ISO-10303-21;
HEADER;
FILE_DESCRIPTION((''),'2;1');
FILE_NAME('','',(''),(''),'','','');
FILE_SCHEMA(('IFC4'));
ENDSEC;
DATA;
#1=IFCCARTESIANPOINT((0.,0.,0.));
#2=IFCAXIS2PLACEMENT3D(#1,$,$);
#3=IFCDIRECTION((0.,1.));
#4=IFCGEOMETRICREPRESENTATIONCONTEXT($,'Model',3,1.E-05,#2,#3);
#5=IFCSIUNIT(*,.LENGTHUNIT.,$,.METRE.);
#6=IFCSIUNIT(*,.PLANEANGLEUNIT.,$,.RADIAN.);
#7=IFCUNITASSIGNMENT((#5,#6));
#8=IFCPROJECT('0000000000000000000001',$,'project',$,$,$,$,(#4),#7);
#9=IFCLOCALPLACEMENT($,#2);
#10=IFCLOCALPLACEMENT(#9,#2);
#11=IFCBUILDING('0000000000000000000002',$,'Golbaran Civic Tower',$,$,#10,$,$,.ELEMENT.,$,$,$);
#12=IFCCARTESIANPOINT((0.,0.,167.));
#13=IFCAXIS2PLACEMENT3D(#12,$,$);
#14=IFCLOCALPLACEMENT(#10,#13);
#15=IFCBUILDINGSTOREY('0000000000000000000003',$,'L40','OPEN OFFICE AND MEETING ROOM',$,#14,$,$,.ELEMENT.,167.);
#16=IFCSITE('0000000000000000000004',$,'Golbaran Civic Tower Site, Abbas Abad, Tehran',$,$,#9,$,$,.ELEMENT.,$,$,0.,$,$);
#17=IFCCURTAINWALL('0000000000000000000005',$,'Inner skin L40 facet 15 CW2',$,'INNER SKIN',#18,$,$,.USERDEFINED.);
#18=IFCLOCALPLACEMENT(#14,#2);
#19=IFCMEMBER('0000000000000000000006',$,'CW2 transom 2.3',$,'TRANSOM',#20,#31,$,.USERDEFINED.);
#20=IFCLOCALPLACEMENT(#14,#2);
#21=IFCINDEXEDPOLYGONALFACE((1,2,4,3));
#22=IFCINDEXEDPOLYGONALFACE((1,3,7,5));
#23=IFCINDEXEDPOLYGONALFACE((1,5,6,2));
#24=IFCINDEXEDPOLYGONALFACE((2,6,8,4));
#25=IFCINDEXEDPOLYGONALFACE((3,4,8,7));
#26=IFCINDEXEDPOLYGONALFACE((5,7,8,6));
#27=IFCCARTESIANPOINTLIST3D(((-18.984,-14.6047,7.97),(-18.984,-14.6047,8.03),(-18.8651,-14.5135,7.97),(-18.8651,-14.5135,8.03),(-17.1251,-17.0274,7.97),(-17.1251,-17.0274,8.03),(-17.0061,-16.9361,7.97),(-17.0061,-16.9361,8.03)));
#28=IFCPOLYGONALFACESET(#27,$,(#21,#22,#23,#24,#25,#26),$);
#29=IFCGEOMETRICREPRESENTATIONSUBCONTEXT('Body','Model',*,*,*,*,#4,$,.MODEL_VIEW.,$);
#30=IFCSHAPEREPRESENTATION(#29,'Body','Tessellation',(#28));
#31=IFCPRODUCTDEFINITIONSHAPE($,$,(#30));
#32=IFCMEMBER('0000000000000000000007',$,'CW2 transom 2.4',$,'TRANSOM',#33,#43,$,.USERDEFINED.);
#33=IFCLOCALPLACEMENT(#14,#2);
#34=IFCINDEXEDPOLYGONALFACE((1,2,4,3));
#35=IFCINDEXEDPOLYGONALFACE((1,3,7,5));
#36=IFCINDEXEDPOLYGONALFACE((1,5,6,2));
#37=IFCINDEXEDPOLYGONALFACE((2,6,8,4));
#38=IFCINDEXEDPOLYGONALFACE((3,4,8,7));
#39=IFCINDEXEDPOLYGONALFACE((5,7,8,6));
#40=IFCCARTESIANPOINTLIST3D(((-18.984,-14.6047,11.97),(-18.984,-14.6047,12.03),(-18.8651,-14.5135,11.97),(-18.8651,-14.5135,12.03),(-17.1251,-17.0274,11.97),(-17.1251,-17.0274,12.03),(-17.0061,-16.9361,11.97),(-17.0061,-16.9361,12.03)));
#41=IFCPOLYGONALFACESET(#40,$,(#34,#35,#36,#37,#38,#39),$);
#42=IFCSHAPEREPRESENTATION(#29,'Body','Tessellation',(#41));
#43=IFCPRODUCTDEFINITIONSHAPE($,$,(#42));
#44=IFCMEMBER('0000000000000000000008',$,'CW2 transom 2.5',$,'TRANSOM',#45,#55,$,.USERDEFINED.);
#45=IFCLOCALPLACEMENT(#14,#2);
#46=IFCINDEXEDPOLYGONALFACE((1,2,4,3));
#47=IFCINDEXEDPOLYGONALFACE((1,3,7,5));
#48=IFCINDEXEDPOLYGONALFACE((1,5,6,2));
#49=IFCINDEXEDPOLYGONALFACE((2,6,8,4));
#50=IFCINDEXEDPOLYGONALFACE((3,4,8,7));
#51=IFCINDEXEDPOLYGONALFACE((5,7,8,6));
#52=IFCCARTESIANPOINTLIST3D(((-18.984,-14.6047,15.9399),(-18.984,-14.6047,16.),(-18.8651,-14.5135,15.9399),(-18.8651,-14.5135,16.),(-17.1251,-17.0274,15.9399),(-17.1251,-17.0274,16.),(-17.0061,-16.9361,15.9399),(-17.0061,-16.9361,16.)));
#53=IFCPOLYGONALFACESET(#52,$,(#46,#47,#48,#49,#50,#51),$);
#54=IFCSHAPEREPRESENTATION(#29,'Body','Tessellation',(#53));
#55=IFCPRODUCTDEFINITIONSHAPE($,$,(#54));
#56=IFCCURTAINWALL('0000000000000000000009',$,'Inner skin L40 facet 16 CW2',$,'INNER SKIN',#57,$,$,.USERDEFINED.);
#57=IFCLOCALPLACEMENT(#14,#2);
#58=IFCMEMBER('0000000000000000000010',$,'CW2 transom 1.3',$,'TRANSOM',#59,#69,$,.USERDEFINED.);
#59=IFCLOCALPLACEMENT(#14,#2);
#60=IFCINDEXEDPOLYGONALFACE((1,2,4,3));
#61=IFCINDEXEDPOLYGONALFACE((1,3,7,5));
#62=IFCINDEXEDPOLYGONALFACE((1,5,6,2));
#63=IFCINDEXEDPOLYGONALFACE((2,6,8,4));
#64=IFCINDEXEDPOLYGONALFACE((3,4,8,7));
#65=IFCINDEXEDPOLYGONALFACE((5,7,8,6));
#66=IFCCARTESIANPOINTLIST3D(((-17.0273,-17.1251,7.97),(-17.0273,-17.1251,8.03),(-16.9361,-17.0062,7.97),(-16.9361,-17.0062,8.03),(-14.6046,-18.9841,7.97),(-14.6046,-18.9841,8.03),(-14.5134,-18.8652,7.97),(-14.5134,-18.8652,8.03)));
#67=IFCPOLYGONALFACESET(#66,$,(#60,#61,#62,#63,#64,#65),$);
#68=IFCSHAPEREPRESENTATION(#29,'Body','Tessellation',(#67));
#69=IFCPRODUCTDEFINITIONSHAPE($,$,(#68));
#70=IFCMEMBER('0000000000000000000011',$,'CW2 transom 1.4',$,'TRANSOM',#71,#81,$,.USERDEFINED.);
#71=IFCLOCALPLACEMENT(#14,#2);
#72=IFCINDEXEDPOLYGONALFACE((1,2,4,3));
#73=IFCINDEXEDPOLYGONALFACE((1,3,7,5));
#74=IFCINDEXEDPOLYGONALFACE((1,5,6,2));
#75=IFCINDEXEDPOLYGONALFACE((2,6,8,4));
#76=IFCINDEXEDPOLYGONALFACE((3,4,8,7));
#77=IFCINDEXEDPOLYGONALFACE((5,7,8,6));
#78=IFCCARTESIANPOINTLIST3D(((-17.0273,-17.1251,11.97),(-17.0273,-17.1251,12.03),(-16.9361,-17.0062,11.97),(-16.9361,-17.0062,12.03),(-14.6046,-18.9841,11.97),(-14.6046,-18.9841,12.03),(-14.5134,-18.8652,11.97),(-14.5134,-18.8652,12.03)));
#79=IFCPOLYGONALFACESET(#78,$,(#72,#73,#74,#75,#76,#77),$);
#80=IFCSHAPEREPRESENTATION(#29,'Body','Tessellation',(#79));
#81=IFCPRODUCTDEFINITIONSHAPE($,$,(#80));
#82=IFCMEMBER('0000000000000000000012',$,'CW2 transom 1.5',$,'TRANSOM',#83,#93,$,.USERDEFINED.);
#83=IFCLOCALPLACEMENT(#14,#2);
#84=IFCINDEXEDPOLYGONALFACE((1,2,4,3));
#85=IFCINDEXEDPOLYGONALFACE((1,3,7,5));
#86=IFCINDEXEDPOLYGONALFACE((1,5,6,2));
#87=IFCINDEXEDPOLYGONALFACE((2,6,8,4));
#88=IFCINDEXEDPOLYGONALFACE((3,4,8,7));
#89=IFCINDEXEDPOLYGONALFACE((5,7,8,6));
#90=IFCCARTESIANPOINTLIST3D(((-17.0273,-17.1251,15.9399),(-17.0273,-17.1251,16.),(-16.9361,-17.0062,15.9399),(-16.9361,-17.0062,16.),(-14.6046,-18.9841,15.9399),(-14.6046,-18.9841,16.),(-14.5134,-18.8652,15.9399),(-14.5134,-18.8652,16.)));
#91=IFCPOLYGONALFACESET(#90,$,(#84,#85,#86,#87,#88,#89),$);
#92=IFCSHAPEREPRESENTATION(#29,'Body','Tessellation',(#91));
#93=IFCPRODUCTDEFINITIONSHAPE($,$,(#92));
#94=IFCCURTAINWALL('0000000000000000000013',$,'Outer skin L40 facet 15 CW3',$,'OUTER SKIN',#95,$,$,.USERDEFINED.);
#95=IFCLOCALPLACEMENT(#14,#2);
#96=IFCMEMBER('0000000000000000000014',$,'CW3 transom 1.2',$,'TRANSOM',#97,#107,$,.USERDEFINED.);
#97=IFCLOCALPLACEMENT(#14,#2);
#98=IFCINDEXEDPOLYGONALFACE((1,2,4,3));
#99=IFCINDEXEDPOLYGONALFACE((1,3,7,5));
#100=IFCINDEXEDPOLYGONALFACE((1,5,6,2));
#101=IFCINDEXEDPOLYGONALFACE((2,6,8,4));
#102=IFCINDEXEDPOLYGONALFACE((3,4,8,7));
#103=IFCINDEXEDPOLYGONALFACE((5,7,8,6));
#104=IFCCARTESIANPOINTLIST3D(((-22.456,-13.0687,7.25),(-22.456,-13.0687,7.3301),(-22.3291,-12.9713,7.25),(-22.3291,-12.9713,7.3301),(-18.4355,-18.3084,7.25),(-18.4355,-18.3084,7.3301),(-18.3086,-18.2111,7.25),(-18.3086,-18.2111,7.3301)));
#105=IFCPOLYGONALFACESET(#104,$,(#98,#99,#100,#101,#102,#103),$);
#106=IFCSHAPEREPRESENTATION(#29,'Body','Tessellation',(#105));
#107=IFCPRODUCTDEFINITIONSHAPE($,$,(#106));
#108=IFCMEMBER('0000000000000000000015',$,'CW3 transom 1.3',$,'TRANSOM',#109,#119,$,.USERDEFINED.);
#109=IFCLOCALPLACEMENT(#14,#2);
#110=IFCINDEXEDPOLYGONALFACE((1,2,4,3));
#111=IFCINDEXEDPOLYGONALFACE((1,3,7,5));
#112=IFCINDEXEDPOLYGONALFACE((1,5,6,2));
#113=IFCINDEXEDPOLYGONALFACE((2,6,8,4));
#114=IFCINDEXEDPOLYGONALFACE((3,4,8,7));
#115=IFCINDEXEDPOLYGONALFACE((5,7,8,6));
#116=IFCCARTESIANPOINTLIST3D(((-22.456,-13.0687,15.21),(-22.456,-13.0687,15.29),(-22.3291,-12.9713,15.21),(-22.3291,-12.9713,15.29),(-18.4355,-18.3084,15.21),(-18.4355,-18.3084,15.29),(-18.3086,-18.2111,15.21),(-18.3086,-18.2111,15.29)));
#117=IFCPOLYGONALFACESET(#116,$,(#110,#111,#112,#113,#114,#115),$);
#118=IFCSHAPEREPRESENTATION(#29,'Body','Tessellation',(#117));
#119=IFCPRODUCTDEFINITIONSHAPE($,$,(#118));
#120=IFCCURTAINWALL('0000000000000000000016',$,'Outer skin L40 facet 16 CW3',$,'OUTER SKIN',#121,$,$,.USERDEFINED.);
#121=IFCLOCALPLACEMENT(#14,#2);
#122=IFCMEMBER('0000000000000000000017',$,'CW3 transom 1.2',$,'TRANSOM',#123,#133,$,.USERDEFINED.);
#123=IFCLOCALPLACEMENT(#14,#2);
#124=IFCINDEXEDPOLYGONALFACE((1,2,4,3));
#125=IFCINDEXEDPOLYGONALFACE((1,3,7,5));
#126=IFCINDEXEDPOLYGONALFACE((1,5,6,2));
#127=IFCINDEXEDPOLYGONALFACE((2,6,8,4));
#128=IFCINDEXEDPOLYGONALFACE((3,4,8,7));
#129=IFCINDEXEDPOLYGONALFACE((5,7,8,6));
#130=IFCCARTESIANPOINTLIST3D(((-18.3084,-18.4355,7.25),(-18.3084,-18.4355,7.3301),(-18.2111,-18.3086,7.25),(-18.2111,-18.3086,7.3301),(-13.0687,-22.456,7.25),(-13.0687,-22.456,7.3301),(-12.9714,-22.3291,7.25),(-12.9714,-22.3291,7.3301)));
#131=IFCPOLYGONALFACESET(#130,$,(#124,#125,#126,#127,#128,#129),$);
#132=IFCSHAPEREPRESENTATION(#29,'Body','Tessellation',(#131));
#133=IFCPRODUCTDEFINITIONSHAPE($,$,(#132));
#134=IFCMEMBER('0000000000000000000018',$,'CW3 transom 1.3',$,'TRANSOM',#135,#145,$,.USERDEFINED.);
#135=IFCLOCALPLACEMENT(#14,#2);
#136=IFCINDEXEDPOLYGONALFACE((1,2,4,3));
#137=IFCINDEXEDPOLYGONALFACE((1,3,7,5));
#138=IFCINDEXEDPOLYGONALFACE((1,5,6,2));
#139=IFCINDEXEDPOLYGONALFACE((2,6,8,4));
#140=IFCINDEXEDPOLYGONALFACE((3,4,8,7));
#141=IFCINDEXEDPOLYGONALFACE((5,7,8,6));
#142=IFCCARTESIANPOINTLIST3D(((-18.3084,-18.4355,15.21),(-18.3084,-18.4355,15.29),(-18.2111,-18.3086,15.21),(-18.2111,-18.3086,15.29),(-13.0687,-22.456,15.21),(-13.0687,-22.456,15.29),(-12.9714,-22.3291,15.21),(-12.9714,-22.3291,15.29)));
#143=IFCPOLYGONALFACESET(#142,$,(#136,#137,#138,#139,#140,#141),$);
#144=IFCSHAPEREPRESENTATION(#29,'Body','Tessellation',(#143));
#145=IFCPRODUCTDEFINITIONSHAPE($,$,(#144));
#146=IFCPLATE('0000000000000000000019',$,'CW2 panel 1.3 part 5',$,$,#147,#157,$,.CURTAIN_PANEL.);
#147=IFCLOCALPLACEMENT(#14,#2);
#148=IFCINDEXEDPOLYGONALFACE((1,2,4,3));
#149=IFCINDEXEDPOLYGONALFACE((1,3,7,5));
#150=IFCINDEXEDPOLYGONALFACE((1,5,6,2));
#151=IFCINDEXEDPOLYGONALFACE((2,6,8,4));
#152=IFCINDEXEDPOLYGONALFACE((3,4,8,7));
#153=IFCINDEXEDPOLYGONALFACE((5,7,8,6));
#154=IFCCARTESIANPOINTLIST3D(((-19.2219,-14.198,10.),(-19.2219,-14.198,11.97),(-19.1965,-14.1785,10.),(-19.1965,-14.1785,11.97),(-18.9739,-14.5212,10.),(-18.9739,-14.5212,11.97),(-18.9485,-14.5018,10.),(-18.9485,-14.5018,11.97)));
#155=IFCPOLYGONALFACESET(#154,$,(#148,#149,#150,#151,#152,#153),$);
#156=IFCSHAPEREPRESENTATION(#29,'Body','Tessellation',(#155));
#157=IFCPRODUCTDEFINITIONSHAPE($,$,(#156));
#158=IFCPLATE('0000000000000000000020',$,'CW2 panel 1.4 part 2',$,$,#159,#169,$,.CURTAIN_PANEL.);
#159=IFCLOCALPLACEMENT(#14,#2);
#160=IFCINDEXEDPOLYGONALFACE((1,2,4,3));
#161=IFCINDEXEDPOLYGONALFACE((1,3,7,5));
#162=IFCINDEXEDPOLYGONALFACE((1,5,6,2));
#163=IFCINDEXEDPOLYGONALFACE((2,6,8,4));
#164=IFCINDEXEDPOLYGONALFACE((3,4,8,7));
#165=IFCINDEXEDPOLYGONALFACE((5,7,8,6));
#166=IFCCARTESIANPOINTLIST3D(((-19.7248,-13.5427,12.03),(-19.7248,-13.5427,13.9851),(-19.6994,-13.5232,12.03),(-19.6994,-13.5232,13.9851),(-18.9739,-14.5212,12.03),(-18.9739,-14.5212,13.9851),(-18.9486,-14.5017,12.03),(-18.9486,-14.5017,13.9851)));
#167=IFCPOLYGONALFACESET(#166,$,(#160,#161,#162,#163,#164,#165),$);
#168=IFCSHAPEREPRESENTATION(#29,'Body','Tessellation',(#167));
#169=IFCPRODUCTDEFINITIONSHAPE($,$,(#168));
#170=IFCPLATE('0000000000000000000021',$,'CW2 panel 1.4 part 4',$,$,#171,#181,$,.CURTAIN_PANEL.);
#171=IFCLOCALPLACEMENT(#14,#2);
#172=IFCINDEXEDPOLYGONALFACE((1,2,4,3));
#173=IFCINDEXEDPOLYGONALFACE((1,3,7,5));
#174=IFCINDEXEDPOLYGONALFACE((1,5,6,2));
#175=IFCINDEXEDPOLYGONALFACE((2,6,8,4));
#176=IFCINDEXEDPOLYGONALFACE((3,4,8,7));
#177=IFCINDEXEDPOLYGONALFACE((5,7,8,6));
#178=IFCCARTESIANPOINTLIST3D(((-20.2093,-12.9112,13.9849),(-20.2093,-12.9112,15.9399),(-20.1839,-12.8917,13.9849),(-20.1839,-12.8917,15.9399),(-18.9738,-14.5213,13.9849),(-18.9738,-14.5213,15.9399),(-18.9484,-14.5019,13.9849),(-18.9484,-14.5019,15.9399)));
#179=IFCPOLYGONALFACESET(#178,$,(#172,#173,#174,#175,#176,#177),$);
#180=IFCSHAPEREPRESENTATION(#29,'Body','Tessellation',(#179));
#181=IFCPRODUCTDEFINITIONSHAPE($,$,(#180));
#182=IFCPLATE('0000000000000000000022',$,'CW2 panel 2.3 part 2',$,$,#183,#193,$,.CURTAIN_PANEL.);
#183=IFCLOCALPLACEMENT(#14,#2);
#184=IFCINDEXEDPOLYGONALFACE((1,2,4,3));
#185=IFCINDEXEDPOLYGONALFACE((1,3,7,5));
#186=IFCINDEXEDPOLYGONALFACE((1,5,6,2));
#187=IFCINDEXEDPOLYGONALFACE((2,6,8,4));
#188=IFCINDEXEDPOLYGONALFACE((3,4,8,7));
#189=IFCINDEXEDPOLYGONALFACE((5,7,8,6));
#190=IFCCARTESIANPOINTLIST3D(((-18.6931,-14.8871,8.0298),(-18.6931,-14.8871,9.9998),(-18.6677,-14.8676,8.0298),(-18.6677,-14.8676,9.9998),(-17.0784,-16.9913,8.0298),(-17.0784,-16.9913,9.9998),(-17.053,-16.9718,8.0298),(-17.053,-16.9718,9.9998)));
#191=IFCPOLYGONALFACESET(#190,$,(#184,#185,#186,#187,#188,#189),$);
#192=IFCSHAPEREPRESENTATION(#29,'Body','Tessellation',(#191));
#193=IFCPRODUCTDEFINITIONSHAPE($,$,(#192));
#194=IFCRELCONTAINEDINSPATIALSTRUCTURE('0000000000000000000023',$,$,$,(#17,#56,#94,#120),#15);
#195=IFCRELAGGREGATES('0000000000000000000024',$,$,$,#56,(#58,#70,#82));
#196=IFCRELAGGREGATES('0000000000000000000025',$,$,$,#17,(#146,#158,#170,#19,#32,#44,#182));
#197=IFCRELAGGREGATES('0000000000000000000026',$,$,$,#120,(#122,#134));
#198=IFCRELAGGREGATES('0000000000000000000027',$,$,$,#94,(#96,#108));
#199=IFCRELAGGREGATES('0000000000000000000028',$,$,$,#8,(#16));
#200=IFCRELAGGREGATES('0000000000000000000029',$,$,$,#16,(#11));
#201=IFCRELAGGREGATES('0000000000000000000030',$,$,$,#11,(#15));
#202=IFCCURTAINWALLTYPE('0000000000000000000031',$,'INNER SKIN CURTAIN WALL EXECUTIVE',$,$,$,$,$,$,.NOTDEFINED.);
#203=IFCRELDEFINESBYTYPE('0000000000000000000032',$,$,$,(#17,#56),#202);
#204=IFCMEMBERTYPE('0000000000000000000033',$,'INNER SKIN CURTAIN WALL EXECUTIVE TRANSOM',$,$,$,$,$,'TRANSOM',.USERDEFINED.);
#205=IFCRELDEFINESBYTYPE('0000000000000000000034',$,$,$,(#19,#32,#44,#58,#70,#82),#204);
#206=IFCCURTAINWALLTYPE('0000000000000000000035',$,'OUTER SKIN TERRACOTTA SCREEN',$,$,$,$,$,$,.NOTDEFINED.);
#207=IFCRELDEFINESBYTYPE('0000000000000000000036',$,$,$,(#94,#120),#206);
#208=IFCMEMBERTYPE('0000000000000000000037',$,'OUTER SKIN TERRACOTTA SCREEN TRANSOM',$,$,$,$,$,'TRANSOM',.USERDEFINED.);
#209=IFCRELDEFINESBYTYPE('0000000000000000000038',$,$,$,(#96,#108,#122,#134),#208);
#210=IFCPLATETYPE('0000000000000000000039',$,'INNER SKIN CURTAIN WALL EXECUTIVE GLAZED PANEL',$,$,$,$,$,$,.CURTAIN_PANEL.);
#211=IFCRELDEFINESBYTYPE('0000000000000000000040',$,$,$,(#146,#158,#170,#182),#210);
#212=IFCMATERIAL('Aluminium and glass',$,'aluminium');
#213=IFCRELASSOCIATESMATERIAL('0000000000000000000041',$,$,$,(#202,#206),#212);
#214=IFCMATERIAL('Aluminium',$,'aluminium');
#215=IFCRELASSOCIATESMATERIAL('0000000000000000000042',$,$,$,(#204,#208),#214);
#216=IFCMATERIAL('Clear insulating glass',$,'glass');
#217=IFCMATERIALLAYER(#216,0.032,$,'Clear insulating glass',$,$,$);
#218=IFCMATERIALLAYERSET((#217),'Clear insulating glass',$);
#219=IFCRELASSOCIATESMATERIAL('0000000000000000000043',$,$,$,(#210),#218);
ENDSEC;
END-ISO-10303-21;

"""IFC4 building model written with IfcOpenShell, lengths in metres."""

from ifc_helpers import new_model, si_unit, direction, frame, origin, origin_2d, place, context, subcontext, project, spatial, rectangle, extrude, material, layer, layer_set, material_profile, profile_set, type_object, element, aggregate, save


model = new_model("IFC4")

# Units and contexts
model_context = context("Model", 3, precision=1e-05, world=origin(), true_north=direction((0.0, 1.0)))
body_context = subcontext(model_context, "Body", "Model", "MODEL_VIEW")
ifc_project = project(units=[si_unit("LENGTHUNIT", "METRE"), si_unit("PLANEANGLEUNIT", "RADIAN")], contexts=[model_context])

# Site, building, storey
site_placement = place(None, origin())
site = spatial("IfcSite", under=ifc_project, at=site_placement, Name="Golbaran Civic Tower Site, Abbas Abad, Tehran", CompositionType="ELEMENT", RefElevation=0.0)
building_placement = place(site_placement, origin())
building = spatial("IfcBuilding", under=site, at=building_placement, Name="Golbaran Civic Tower", CompositionType="ELEMENT")
storey_placement = place(building_placement, frame((0.0, 0.0, 167.0)))
storey = spatial("IfcBuildingStorey", under=building, at=storey_placement, Name="L40", Description="OPEN OFFICE AND MEETING ROOM", CompositionType="ELEMENT", Elevation=167.0)

# Curtain walls, members
ifc_material_1 = material(Name="Aluminium and glass", Category="aluminium")
curtain_wall_type_1 = type_object("IfcCurtainWallType", Name="INNER SKIN CURTAIN WALL EXECUTIVE", PredefinedType="NOTDEFINED", material=ifc_material_1)
curtain_wall_1_placement = place(storey_placement, origin())
curtain_wall_1 = element("IfcCurtainWall", 1, at=curtain_wall_1_placement, inside=storey, type_object=curtain_wall_type_1, Name="Inner skin L40 facet 15 CW2", ObjectType="INNER SKIN", PredefinedType="USERDEFINED")
ifc_material_2 = material(Name="Aluminium", Category="aluminium")
ifc_material_profile_1 = material_profile(ifc_material_2, rectangle(XDim=0.1499, YDim=0.0601, at=origin_2d()), Name="INNER SKIN CURTAIN WALL EXECUTIVE TRANSOM")
ifc_profile_set_1 = profile_set([ifc_material_profile_1], Name="Aluminium")
member_type_1 = type_object("IfcMemberType", Name="INNER SKIN CURTAIN WALL EXECUTIVE TRANSOM", ElementType="TRANSOM", PredefinedType="USERDEFINED", material=ifc_profile_set_1)
member_1_placement = place(storey_placement, frame((-18.9246, -14.5591, 8.0), z_axis=(0.608752, -0.793361, 0.0), x_axis=(0.793361, 0.608752, 0.0)))
member_1 = element("IfcMember", 2, at=member_1_placement, type_object=member_type_1, Name="CW2 transom 2.3", ObjectType="TRANSOM", PredefinedType="USERDEFINED", context=body_context, shape_type="SweptSolid", body=[
    extrude(rectangle(XDim=0.1499, YDim=0.0601, at=origin_2d()), origin(), (0.0, 0.0, 1.0), 3.0537),
])
member_2_placement = place(storey_placement, frame((-18.9246, -14.5591, 12.0), z_axis=(0.608752, -0.793361, 0.0), x_axis=(0.793361, 0.608752, 0.0)))
member_2 = element("IfcMember", 3, at=member_2_placement, type_object=member_type_1, Name="CW2 transom 2.4", ObjectType="TRANSOM", PredefinedType="USERDEFINED", context=body_context, shape_type="SweptSolid", body=[
    extrude(rectangle(XDim=0.1499, YDim=0.0601, at=origin_2d()), origin(), (0.0, 0.0, 1.0), 3.0537),
])
member_3_placement = place(storey_placement, frame((-18.9246, -14.5591, 15.97), z_axis=(0.608752, -0.793361, 0.0), x_axis=(0.793361, 0.608752, 0.0)))
member_3 = element("IfcMember", 4, at=member_3_placement, type_object=member_type_1, Name="CW2 transom 2.5", ObjectType="TRANSOM", PredefinedType="USERDEFINED", context=body_context, shape_type="SweptSolid", body=[
    extrude(rectangle(XDim=0.1499, YDim=0.0601, at=origin_2d()), origin(), (0.0, 0.0, 1.0), 3.0537),
])
curtain_wall_2_placement = place(storey_placement, origin())
curtain_wall_2 = element("IfcCurtainWall", 5, at=curtain_wall_2_placement, inside=storey, type_object=curtain_wall_type_1, Name="Inner skin L40 facet 16 CW2", ObjectType="INNER SKIN", PredefinedType="USERDEFINED")
member_4_placement = place(storey_placement, frame((-16.9817, -17.0657, 8.0), z_axis=(0.793361, -0.608752, 0.0), x_axis=(0.608752, 0.793361, 0.0)))
member_4 = element("IfcMember", 6, at=member_4_placement, type_object=member_type_1, Name="CW2 transom 1.3", ObjectType="TRANSOM", PredefinedType="USERDEFINED", context=body_context, shape_type="SweptSolid", body=[
    extrude(rectangle(XDim=0.1499, YDim=0.0601, at=origin_2d()), origin(), (0.0, 0.0, 1.0), 3.0537),
])
member_5_placement = place(storey_placement, frame((-16.9817, -17.0657, 12.0), z_axis=(0.793361, -0.608752, 0.0), x_axis=(0.608752, 0.793361, 0.0)))
member_5 = element("IfcMember", 7, at=member_5_placement, type_object=member_type_1, Name="CW2 transom 1.4", ObjectType="TRANSOM", PredefinedType="USERDEFINED", context=body_context, shape_type="SweptSolid", body=[
    extrude(rectangle(XDim=0.1499, YDim=0.0601, at=origin_2d()), origin(), (0.0, 0.0, 1.0), 3.0537),
])
member_6_placement = place(storey_placement, frame((-16.9817, -17.0657, 15.97), z_axis=(0.793361, -0.608752, 0.0), x_axis=(0.608752, 0.793361, 0.0)))
member_6 = element("IfcMember", 8, at=member_6_placement, type_object=member_type_1, Name="CW2 transom 1.5", ObjectType="TRANSOM", PredefinedType="USERDEFINED", context=body_context, shape_type="SweptSolid", body=[
    extrude(rectangle(XDim=0.1499, YDim=0.0601, at=origin_2d()), origin(), (0.0, 0.0, 1.0), 3.0537),
])
aggregate(curtain_wall_2, [member_4, member_5, member_6])
curtain_wall_type_2 = type_object("IfcCurtainWallType", Name="OUTER SKIN TERRACOTTA SCREEN", PredefinedType="NOTDEFINED", material=ifc_material_1)
curtain_wall_3_placement = place(storey_placement, origin())
curtain_wall_3 = element("IfcCurtainWall", 9, at=curtain_wall_3_placement, inside=storey, type_object=curtain_wall_type_2, Name="Outer skin L40 facet 15 CW3", ObjectType="OUTER SKIN", PredefinedType="USERDEFINED")
ifc_material_profile_2 = material_profile(ifc_material_2, rectangle(XDim=0.1599, YDim=0.0801, at=origin_2d()), Name="OUTER SKIN TERRACOTTA SCREEN TRANSOM")
ifc_profile_set_2 = profile_set([ifc_material_profile_2], Name="Aluminium")
member_type_2 = type_object("IfcMemberType", Name="OUTER SKIN TERRACOTTA SCREEN TRANSOM", ElementType="TRANSOM", PredefinedType="USERDEFINED", material=ifc_profile_set_2)
member_7_placement = place(storey_placement, frame((-22.3926, -13.02, 7.29), z_axis=(0.608753, -0.79336, 0.0), x_axis=(0.79336, 0.608753, 0.0)))
member_7 = element("IfcMember", 10, at=member_7_placement, type_object=member_type_2, Name="CW3 transom 1.2", ObjectType="TRANSOM", PredefinedType="USERDEFINED", context=body_context, shape_type="SweptSolid", body=[
    extrude(rectangle(XDim=0.1599, YDim=0.0801, at=origin_2d()), origin(), (0.0, 0.0, 1.0), 6.6045),
])
member_8_placement = place(storey_placement, frame((-22.3926, -13.02, 15.25), z_axis=(0.608753, -0.79336, 0.0), x_axis=(0.79336, 0.608753, 0.0)))
member_8 = element("IfcMember", 11, at=member_8_placement, type_object=member_type_2, Name="CW3 transom 1.3", ObjectType="TRANSOM", PredefinedType="USERDEFINED", context=body_context, shape_type="SweptSolid", body=[
    extrude(rectangle(XDim=0.1599, YDim=0.0801, at=origin_2d()), origin(), (0.0, 0.0, 1.0), 6.6045),
])
curtain_wall_4_placement = place(storey_placement, origin())
curtain_wall_4 = element("IfcCurtainWall", 12, at=curtain_wall_4_placement, inside=storey, type_object=curtain_wall_type_2, Name="Outer skin L40 facet 16 CW3", ObjectType="OUTER SKIN", PredefinedType="USERDEFINED")
member_9_placement = place(storey_placement, frame((-18.2598, -18.3721, 7.29), z_axis=(0.79336, -0.608753, 0.0), x_axis=(0.608753, 0.79336, 0.0)))
member_9 = element("IfcMember", 13, at=member_9_placement, type_object=member_type_2, Name="CW3 transom 1.2", ObjectType="TRANSOM", PredefinedType="USERDEFINED", context=body_context, shape_type="SweptSolid", body=[
    extrude(rectangle(XDim=0.1599, YDim=0.0801, at=origin_2d()), origin(), (0.0, 0.0, 1.0), 6.6045),
])
member_10_placement = place(storey_placement, frame((-18.2598, -18.3721, 15.25), z_axis=(0.79336, -0.608753, 0.0), x_axis=(0.608753, 0.79336, 0.0)))
member_10 = element("IfcMember", 14, at=member_10_placement, type_object=member_type_2, Name="CW3 transom 1.3", ObjectType="TRANSOM", PredefinedType="USERDEFINED", context=body_context, shape_type="SweptSolid", body=[
    extrude(rectangle(XDim=0.1599, YDim=0.0801, at=origin_2d()), origin(), (0.0, 0.0, 1.0), 6.6045),
])

# Plates
ifc_material_3 = material(Name="Clear insulating glass", Category="glass")
ifc_layer_1 = layer(ifc_material_3, 0.032, Name="Clear insulating glass")
ifc_layer_set_1 = layer_set([ifc_layer_1], Name="Clear insulating glass")
plate_type_1 = type_object("IfcPlateType", Name="INNER SKIN CURTAIN WALL EXECUTIVE GLAZED PANEL", PredefinedType="CURTAIN_PANEL", material=ifc_layer_set_1)
plate_1_placement = place(storey_placement, frame((-19.0852, -14.3499, 10.0), z_axis=(0.0, 0.0, 1.0), x_axis=(0.608761, -0.793353, 0.0)))
plate_1 = element("IfcPlate", 15, at=plate_1_placement, type_object=plate_type_1, Name="CW2 panel 1.3 part 5", PredefinedType="CURTAIN_PANEL", context=body_context, shape_type="SweptSolid", body=[
    extrude(rectangle(XDim=0.4075, YDim=0.032, at=origin_2d()), origin(), (0.0, 0.0, 1.0), 1.97),
])
plate_2_placement = place(storey_placement, frame((-19.3367, -14.0222, 12.03), z_axis=(0.0, 0.0, 1.0), x_axis=(0.608761, -0.793353, 0.0)))
plate_2 = element("IfcPlate", 16, at=plate_2_placement, type_object=plate_type_1, Name="CW2 panel 1.4 part 2", PredefinedType="CURTAIN_PANEL", context=body_context, shape_type="SweptSolid", body=[
    extrude(rectangle(XDim=1.2334, YDim=0.032, at=origin_2d()), origin(), (0.0, 0.0, 1.0), 1.9551),
])
plate_3_placement = place(storey_placement, frame((-19.5789, -13.7065, 13.9849), z_axis=(0.0, 0.0, 1.0), x_axis=(0.608761, -0.793353, 0.0)))
plate_3 = element("IfcPlate", 17, at=plate_3_placement, type_object=plate_type_1, Name="CW2 panel 1.4 part 4", PredefinedType="CURTAIN_PANEL", context=body_context, shape_type="SweptSolid", body=[
    extrude(rectangle(XDim=2.0295, YDim=0.032, at=origin_2d()), origin(), (0.0, 0.0, 1.0), 1.9551),
])
plate_4_placement = place(storey_placement, frame((-17.873, -15.9294, 8.0298), z_axis=(0.0, 0.0, 1.0), x_axis=(0.608761, -0.793353, 0.0)))
plate_4 = element("IfcPlate", 18, at=plate_4_placement, type_object=plate_type_1, Name="CW2 panel 2.3 part 2", PredefinedType="CURTAIN_PANEL", context=body_context, shape_type="SweptSolid", body=[
    extrude(rectangle(XDim=2.6523, YDim=0.032, at=origin_2d()), origin(), (0.0, 0.0, 1.0), 1.97),
])
aggregate(curtain_wall_1, [plate_1, plate_2, plate_3, member_1, member_2, member_3, plate_4])
aggregate(curtain_wall_4, [member_9, member_10])
aggregate(curtain_wall_3, [member_7, member_8])

save(model, "model.ifc")
